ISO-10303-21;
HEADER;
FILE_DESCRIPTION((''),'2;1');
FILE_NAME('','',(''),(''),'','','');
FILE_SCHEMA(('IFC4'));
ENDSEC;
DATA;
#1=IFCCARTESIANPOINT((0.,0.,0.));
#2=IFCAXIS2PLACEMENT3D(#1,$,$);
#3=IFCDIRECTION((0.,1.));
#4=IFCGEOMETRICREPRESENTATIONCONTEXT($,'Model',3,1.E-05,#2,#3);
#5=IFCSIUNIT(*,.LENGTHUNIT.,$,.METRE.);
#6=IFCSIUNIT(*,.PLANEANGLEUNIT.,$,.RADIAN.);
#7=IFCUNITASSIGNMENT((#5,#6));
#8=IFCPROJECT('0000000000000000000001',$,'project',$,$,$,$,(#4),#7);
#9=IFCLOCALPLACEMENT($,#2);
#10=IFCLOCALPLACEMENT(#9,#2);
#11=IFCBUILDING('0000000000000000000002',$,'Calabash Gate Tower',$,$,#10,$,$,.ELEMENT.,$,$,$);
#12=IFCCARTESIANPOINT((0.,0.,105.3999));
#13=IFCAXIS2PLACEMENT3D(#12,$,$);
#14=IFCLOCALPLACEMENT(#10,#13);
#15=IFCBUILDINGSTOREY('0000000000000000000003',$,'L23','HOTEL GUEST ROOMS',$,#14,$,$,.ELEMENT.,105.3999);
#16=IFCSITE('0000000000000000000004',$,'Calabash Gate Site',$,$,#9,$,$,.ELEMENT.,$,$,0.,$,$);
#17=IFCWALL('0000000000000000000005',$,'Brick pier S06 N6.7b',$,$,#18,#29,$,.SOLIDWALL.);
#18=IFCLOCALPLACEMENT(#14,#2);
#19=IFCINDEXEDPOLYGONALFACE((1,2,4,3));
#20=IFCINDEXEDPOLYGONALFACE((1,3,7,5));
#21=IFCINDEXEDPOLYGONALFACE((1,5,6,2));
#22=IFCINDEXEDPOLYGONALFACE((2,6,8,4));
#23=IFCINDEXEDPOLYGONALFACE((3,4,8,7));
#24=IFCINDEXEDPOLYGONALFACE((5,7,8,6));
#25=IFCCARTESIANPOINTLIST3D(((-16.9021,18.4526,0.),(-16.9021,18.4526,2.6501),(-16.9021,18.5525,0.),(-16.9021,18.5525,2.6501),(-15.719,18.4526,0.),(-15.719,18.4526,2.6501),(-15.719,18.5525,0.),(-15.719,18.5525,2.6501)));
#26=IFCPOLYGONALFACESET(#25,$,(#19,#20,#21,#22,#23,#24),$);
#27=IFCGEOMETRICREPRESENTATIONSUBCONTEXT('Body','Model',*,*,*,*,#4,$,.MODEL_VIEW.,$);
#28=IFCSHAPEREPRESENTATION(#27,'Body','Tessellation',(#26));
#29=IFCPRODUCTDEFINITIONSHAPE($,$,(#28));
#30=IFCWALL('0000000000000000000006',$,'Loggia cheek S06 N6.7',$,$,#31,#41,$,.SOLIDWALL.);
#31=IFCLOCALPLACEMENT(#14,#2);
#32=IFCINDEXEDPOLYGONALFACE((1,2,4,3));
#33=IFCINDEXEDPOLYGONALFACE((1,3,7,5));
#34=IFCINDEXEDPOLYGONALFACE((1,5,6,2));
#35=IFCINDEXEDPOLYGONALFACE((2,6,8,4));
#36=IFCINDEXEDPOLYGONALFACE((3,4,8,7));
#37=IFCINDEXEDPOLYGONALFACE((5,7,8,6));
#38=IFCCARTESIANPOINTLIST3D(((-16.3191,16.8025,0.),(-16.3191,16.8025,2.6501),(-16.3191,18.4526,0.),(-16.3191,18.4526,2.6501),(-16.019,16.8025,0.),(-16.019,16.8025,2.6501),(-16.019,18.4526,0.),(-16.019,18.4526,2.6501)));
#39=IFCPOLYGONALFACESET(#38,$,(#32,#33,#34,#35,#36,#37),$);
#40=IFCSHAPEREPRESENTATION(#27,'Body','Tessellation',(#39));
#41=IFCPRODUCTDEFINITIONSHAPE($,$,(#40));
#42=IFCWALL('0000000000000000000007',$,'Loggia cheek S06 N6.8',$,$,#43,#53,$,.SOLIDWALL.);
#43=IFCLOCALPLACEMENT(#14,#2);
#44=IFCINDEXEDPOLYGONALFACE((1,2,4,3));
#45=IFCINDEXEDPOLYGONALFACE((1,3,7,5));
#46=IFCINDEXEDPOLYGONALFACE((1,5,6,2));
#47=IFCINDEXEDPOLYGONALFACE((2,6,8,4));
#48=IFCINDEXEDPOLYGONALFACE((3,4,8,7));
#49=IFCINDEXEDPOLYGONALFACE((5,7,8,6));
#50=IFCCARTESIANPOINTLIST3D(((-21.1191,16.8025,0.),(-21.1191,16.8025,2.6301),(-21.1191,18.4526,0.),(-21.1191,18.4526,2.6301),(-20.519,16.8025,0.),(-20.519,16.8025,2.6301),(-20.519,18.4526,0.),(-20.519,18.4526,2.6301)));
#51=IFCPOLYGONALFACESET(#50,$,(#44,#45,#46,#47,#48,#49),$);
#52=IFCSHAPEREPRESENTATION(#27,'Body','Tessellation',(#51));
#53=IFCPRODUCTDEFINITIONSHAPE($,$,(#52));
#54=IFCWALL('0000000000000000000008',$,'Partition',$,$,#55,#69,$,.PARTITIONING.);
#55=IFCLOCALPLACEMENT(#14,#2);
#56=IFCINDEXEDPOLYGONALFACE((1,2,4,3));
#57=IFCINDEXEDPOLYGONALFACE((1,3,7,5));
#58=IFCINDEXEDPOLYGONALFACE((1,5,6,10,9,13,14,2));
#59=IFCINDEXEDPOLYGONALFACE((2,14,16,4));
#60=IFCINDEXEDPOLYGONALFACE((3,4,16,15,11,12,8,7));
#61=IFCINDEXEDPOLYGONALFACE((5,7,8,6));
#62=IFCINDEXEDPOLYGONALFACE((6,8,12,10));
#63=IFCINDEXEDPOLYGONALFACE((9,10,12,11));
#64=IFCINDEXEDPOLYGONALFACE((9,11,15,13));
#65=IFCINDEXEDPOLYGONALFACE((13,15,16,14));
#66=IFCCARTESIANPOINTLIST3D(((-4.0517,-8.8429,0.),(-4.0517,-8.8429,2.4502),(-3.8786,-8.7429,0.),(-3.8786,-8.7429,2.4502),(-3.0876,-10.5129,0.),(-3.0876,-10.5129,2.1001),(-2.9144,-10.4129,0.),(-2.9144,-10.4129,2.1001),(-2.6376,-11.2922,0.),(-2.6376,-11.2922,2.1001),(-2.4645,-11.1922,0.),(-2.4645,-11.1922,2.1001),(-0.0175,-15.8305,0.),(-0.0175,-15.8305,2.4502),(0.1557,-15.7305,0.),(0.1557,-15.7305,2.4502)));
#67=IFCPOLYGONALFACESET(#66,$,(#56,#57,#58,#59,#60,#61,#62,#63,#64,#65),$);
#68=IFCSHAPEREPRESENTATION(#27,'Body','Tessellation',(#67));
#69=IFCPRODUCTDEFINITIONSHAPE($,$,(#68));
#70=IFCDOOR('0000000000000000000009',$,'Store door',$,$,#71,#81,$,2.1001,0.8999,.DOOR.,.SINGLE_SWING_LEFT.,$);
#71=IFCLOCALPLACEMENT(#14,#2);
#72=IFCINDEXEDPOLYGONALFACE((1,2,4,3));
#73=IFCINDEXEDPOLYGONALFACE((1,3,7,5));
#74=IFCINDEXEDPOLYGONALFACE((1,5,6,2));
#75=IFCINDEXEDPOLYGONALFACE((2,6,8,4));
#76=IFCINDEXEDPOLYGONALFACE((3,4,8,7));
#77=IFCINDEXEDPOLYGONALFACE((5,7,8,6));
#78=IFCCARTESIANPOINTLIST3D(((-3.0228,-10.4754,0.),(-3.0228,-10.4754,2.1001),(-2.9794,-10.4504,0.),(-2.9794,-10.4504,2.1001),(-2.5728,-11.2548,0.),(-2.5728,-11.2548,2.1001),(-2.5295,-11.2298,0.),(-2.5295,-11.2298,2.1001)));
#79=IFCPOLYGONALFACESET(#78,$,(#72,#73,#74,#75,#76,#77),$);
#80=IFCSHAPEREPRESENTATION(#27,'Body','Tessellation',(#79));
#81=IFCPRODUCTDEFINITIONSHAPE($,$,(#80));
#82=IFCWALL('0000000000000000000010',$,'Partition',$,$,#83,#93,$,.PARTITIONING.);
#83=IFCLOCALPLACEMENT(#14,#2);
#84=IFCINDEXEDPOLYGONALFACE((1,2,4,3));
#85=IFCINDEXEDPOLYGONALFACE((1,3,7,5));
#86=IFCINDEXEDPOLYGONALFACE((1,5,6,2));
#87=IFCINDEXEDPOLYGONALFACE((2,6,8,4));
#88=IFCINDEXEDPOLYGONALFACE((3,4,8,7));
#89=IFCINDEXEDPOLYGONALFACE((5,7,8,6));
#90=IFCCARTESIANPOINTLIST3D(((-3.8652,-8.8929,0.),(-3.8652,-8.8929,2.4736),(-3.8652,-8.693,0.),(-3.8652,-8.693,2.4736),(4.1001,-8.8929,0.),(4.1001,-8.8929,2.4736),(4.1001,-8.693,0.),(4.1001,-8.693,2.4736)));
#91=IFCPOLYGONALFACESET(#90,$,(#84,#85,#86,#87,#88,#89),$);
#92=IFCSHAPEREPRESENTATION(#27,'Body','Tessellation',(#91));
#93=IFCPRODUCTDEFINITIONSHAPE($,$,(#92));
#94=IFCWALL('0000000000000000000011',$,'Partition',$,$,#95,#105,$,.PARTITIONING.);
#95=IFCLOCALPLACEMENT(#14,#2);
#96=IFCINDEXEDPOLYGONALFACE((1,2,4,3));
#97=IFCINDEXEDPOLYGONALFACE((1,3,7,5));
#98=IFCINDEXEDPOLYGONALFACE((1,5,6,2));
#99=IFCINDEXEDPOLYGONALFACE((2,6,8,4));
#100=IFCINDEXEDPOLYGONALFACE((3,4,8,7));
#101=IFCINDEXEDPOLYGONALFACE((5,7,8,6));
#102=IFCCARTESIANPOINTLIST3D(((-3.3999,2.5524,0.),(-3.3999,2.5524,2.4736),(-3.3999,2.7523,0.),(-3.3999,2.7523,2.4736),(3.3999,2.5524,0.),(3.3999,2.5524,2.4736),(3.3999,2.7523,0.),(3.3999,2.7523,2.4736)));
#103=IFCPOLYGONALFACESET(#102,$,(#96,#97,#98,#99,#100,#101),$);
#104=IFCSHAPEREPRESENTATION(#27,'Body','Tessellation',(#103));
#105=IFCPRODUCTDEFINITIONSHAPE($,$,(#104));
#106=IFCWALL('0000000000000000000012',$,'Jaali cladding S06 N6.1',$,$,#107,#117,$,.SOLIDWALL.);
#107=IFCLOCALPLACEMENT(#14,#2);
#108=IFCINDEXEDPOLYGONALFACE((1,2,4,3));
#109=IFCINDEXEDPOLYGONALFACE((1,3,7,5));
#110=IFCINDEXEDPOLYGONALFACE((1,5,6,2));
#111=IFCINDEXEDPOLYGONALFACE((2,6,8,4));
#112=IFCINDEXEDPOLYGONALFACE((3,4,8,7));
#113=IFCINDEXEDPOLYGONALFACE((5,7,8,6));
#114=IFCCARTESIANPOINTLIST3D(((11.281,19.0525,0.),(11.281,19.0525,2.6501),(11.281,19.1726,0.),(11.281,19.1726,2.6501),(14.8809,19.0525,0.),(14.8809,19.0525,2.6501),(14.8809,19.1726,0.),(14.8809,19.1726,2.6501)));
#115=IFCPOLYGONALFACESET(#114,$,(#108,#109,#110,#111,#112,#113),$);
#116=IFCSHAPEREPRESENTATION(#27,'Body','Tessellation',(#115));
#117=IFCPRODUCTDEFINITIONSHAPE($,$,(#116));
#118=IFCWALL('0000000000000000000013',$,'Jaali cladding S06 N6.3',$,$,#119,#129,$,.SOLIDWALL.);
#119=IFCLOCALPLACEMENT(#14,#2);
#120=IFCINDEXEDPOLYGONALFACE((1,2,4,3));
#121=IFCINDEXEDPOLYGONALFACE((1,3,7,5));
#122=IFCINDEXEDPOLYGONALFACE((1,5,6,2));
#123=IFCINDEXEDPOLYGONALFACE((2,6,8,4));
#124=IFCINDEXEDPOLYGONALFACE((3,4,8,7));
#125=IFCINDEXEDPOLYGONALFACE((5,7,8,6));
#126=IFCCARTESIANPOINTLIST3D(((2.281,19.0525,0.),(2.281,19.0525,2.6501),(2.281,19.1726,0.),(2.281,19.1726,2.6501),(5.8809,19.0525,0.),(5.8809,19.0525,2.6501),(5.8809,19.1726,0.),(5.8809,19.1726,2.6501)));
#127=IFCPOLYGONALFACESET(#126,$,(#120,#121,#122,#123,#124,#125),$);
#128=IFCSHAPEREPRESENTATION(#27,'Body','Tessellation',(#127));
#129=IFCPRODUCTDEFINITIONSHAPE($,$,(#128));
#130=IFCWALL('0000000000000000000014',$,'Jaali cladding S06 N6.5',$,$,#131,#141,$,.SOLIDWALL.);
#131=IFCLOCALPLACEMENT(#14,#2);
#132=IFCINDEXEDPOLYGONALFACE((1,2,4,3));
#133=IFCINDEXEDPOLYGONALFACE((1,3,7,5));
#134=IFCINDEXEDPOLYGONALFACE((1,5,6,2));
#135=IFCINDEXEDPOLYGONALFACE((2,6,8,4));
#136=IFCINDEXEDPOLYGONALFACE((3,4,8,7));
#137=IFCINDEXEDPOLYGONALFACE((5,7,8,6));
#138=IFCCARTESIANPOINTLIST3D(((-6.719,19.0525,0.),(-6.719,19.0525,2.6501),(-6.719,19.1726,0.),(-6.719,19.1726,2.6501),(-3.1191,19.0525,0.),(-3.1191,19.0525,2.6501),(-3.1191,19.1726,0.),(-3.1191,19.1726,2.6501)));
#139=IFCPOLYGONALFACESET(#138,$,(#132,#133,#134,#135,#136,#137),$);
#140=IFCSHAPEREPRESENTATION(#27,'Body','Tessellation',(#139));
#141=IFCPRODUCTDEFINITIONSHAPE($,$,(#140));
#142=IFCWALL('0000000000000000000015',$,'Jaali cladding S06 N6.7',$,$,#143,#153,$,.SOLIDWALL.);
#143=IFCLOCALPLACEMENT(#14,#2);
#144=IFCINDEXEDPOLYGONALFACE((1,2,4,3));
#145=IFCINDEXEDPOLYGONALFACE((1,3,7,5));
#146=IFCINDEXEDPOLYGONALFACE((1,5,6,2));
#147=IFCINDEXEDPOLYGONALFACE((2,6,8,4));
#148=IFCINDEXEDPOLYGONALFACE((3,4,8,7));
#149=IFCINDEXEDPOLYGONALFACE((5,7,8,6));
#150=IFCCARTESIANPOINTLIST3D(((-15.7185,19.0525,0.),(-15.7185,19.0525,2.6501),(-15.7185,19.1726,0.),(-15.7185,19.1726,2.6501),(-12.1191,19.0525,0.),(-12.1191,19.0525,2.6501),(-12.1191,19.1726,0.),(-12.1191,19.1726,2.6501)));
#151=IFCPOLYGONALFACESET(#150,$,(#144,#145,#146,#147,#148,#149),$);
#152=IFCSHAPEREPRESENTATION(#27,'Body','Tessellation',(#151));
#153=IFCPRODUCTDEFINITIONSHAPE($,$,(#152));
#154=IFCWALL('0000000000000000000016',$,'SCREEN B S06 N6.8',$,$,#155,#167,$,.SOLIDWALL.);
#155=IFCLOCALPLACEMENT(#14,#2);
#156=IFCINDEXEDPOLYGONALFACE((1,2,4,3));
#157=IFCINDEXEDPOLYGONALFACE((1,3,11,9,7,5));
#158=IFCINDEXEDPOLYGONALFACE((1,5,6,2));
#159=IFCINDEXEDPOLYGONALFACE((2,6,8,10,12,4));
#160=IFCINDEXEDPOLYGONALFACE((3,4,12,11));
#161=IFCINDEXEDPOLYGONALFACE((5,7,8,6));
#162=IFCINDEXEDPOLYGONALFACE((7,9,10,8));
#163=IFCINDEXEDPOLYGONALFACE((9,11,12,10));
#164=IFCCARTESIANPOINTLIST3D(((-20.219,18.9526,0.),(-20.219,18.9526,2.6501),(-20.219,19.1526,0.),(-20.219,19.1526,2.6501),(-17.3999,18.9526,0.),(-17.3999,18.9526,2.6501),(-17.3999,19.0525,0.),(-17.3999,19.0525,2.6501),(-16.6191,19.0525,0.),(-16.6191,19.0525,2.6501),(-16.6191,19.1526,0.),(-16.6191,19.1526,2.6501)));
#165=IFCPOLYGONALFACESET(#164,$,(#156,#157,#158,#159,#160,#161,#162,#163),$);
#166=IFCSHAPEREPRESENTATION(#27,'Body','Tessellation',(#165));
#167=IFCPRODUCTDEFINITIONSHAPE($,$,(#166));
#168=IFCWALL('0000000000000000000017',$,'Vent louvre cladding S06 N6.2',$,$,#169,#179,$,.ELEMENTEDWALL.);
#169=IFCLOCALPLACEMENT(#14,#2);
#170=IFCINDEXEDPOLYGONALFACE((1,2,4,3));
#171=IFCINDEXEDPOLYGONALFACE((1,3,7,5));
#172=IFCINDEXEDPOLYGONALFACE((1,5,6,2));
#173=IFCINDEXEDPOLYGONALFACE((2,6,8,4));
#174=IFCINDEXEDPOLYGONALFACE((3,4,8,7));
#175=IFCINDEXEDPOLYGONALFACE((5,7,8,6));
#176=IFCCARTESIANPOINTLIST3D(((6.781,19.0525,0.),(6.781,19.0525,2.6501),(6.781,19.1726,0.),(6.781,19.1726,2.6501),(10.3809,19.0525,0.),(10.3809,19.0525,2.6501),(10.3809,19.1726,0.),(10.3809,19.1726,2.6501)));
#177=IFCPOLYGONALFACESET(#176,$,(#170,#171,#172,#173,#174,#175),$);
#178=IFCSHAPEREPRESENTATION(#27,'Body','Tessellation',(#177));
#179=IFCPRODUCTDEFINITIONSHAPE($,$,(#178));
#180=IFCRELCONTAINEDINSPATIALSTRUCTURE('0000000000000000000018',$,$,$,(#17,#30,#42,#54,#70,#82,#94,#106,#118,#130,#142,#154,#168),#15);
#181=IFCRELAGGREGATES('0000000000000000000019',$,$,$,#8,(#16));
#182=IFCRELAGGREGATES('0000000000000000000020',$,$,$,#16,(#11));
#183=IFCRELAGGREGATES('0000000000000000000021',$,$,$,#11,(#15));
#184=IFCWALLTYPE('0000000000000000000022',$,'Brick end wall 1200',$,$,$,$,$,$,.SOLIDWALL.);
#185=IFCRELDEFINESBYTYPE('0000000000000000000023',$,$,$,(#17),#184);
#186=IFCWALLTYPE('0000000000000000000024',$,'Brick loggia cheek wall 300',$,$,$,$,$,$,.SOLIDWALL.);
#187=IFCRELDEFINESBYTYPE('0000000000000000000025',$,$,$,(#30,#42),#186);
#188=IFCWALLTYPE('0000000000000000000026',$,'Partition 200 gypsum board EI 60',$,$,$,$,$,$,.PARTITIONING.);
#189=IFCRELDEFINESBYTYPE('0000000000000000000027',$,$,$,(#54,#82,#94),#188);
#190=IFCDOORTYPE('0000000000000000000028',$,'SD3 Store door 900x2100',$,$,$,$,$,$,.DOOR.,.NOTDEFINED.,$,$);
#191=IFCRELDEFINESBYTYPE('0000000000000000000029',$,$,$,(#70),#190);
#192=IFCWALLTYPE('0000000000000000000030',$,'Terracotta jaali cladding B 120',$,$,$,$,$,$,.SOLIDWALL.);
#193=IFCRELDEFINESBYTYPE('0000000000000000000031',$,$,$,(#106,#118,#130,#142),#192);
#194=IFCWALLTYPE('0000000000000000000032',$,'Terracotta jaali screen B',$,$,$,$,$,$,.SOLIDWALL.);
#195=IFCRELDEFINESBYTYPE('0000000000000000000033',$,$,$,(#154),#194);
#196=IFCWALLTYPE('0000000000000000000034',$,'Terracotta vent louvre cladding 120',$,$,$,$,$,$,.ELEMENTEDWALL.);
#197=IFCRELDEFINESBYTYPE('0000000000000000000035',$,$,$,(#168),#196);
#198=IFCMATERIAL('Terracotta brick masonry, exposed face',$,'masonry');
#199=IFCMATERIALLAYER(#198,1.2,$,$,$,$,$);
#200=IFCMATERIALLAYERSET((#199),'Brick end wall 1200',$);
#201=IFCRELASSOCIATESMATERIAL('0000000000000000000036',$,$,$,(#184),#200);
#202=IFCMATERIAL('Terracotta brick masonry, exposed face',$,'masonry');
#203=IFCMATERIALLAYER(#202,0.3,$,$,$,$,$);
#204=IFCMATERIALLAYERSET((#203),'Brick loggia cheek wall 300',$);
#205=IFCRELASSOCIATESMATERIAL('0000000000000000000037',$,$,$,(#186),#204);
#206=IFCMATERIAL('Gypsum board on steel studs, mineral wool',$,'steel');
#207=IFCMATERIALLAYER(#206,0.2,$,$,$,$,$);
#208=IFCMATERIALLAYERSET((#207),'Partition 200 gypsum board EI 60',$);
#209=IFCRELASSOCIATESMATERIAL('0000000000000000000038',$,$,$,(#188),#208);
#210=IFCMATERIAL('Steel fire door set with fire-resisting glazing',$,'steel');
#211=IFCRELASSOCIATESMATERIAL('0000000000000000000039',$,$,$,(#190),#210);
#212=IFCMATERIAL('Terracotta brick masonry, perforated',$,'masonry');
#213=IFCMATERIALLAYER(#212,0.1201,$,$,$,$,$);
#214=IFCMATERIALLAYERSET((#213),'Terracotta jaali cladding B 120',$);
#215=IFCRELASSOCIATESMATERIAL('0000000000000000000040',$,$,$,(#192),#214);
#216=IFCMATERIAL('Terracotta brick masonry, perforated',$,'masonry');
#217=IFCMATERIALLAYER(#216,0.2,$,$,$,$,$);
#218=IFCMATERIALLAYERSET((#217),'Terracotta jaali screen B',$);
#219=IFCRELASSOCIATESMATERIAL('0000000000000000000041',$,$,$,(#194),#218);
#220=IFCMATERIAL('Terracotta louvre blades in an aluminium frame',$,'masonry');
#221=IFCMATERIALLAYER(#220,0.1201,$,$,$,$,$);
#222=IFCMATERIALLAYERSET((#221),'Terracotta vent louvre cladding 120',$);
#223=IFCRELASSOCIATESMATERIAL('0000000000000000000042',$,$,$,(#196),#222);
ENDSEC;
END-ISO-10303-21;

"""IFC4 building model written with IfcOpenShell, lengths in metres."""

from ifc_helpers import new_model, si_unit, direction, frame, frame_2d, origin, place, context, subcontext, project, spatial, polyline, rectangle, outline, extrude, material, layer, layer_set, type_object, element, fill, save


model = new_model("IFC4")

# Units and contexts
model_context = context("Model", 3, precision=1e-05, world=origin(), true_north=direction((0.0, 1.0)))
body_context = subcontext(model_context, "Body", "Model", "MODEL_VIEW")
ifc_project = project(units=[si_unit("LENGTHUNIT", "METRE"), si_unit("PLANEANGLEUNIT", "RADIAN")], contexts=[model_context])

# Site, building, storey
site_placement = place(None, origin())
site = spatial("IfcSite", under=ifc_project, at=site_placement, Name="Calabash Gate Site", CompositionType="ELEMENT", RefElevation=0.0)
building_placement = place(site_placement, origin())
building = spatial("IfcBuilding", under=site, at=building_placement, Name="Calabash Gate Tower", CompositionType="ELEMENT")
storey_placement = place(building_placement, frame((0.0, 0.0, 105.3999)))
storey = spatial("IfcBuildingStorey", under=building, at=storey_placement, Name="L23", Description="HOTEL GUEST ROOMS", CompositionType="ELEMENT", Elevation=105.3999)

# Walls
ifc_material_1 = material(Name="Terracotta brick masonry, exposed face", Category="masonry")
ifc_layer_1 = layer(ifc_material_1, 1.2)
ifc_layer_set_1 = layer_set([ifc_layer_1], Name="Brick end wall 1200")
wall_type_1 = type_object("IfcWallType", Name="Brick end wall 1200", PredefinedType="SOLIDWALL", material=ifc_layer_set_1)
wall_1_placement = place(storey_placement, origin())
element("IfcWall", 1, at=wall_1_placement, inside=storey, type_object=wall_type_1, Name="Brick pier S06 N6.7b", PredefinedType="SOLIDWALL", context=body_context, shape_type="SweptSolid", body=[
    extrude(outline(polyline([(-16.9021, 18.4526), (-16.9021, 18.5525), (-15.719, 18.5525), (-15.719, 18.4526), (-16.9021, 18.4526)])), origin(), (0.0, 0.0, 1.0), 2.6501),
])
ifc_material_2 = material(Name="Terracotta brick masonry, exposed face", Category="masonry")
ifc_layer_2 = layer(ifc_material_2, 0.3)
ifc_layer_set_2 = layer_set([ifc_layer_2], Name="Brick loggia cheek wall 300")
wall_type_2 = type_object("IfcWallType", Name="Brick loggia cheek wall 300", PredefinedType="SOLIDWALL", material=ifc_layer_set_2)
wall_2_placement = place(storey_placement, origin())
element("IfcWall", 2, at=wall_2_placement, inside=storey, type_object=wall_type_2, Name="Loggia cheek S06 N6.7", PredefinedType="SOLIDWALL", context=body_context, shape_type="SweptSolid", body=[
    extrude(outline(polyline([(-16.019, 16.8025), (-16.019, 18.4526), (-16.3191, 18.4526), (-16.3191, 16.8025), (-16.019, 16.8025)])), origin(), (0.0, 0.0, 1.0), 2.6501),
])
wall_3_placement = place(storey_placement, origin())
element("IfcWall", 3, at=wall_3_placement, inside=storey, type_object=wall_type_2, Name="Loggia cheek S06 N6.8", PredefinedType="SOLIDWALL", context=body_context, shape_type="SweptSolid", body=[
    extrude(outline(polyline([(-21.1191, 18.4526), (-21.1191, 16.8025), (-20.519, 16.8025), (-20.519, 18.4526), (-21.1191, 18.4526)])), origin(), (0.0, 0.0, 1.0), 2.6301),
])

# Wall, opening, door
ifc_material_3 = material(Name="Gypsum board on steel studs, mineral wool", Category="steel")
ifc_layer_3 = layer(ifc_material_3, 0.2)
ifc_layer_set_3 = layer_set([ifc_layer_3], Name="Partition 200 gypsum board EI 60")
wall_type_3 = type_object("IfcWallType", Name="Partition 200 gypsum board EI 60", PredefinedType="PARTITIONING", material=ifc_layer_set_3)
wall_4_placement = place(storey_placement, frame((-3.9651, -8.793, 0.0), z_axis=(0.0, 0.0, 1.0), x_axis=(0.499992, -0.86603, 0.0)))
wall_4 = element("IfcWall", 4, at=wall_4_placement, inside=storey, type_object=wall_type_3, Name="Partition", PredefinedType="PARTITIONING", context=body_context, shape_type="SweptSolid", body=[
    extrude(rectangle(XDim=8.0686, YDim=0.2, at=frame_2d((4.0342, 0.0))), origin(), (0.0, 0.0, 1.0), 2.4502),
])
opening_placement = place(wall_4_placement, frame((1.9282, 0.0, 0.0)))
opening = element("IfcOpeningElement", 5, at=opening_placement, cuts=wall_4, PredefinedType="OPENING", context=body_context, shape_type="SweptSolid", body=[
    extrude(rectangle(XDim=0.8999, YDim=2.1001, at=frame_2d((0.45, 1.05))), frame((0.0, 0.1099, 0.0), z_axis=(0.0, -1.0, 0.0), x_axis=(1.0, 0.0, 0.0)), (0.0, 0.0, 1.0), 0.22),
])
ifc_material_4 = material(Name="Steel fire door set with fire-resisting glazing", Category="steel")
door_type = type_object("IfcDoorType", Name="SD3 Store door 900x2100", OperationType="NOTDEFINED", PredefinedType="DOOR", material=ifc_material_4)
door_placement = place(opening_placement, origin())
door = element("IfcDoor", 6, at=door_placement, inside=storey, type_object=door_type, Name="Store door", OperationType="SINGLE_SWING_LEFT", OverallHeight=2.1001, OverallWidth=0.8999, PredefinedType="DOOR", context=body_context, shape_type="SweptSolid", body=[
    extrude(rectangle(XDim=0.8999, YDim=2.1001, at=frame_2d((0.45, 1.05))), frame((0.0, 0.0249, 0.0), z_axis=(0.0, -1.0, 0.0), x_axis=(1.0, 0.0, 0.0)), (0.0, 0.0, 1.0), 0.05),
])
fill(opening, door)

# Walls
wall_5_placement = place(storey_placement, frame((-3.8652, -8.793, 0.0), z_axis=(0.0, 0.0, 1.0), x_axis=(1.0, 0.0, 0.0)))
element("IfcWall", 7, at=wall_5_placement, inside=storey, type_object=wall_type_3, Name="Partition", PredefinedType="PARTITIONING", context=body_context, shape_type="SweptSolid", body=[
    extrude(rectangle(XDim=7.9653, YDim=0.2, at=frame_2d((3.9827, 0.0))), origin(), (0.0, 0.0, 1.0), 2.4736),
])
wall_6_placement = place(storey_placement, frame((-3.3999, 2.6523, 0.0), z_axis=(0.0, 0.0, 1.0), x_axis=(1.0, 0.0, 0.0)))
element("IfcWall", 8, at=wall_6_placement, inside=storey, type_object=wall_type_3, Name="Partition", PredefinedType="PARTITIONING", context=body_context, shape_type="SweptSolid", body=[
    extrude(rectangle(XDim=6.7998, YDim=0.2, at=frame_2d((3.3999, 0.0))), origin(), (0.0, 0.0, 1.0), 2.4736),
])
ifc_material_5 = material(Name="Terracotta brick masonry, perforated", Category="masonry")
ifc_layer_4 = layer(ifc_material_5, 0.1201)
ifc_layer_set_4 = layer_set([ifc_layer_4], Name="Terracotta jaali cladding B 120")
wall_type_4 = type_object("IfcWallType", Name="Terracotta jaali cladding B 120", PredefinedType="SOLIDWALL", material=ifc_layer_set_4)
wall_7_placement = place(storey_placement, origin())
element("IfcWall", 9, at=wall_7_placement, inside=storey, type_object=wall_type_4, Name="Jaali cladding S06 N6.1", PredefinedType="SOLIDWALL", context=body_context, shape_type="SweptSolid", body=[
    extrude(outline(polyline([(11.281, 19.1726), (11.281, 19.0525), (14.8809, 19.0525), (14.8809, 19.1726), (11.281, 19.1726)])), origin(), (0.0, 0.0, 1.0), 2.6501),
])
wall_8_placement = place(storey_placement, origin())
element("IfcWall", 10, at=wall_8_placement, inside=storey, type_object=wall_type_4, Name="Jaali cladding S06 N6.3", PredefinedType="SOLIDWALL", context=body_context, shape_type="SweptSolid", body=[
    extrude(outline(polyline([(2.281, 19.1726), (2.281, 19.0525), (5.8809, 19.0525), (5.8809, 19.1726), (2.281, 19.1726)])), origin(), (0.0, 0.0, 1.0), 2.6501),
])
wall_9_placement = place(storey_placement, origin())
element("IfcWall", 11, at=wall_9_placement, inside=storey, type_object=wall_type_4, Name="Jaali cladding S06 N6.5", PredefinedType="SOLIDWALL", context=body_context, shape_type="SweptSolid", body=[
    extrude(outline(polyline([(-6.719, 19.1726), (-6.719, 19.0525), (-3.1191, 19.0525), (-3.1191, 19.1726), (-6.719, 19.1726)])), origin(), (0.0, 0.0, 1.0), 2.6501),
])
wall_10_placement = place(storey_placement, origin())
element("IfcWall", 12, at=wall_10_placement, inside=storey, type_object=wall_type_4, Name="Jaali cladding S06 N6.7", PredefinedType="SOLIDWALL", context=body_context, shape_type="SweptSolid", body=[
    extrude(outline(polyline([(-15.7185, 19.1726), (-15.7185, 19.0525), (-12.1191, 19.0525), (-12.1191, 19.1726), (-15.7185, 19.1726)])), origin(), (0.0, 0.0, 1.0), 2.6501),
])
ifc_material_6 = material(Name="Terracotta brick masonry, perforated", Category="masonry")
ifc_layer_5 = layer(ifc_material_6, 0.2)
ifc_layer_set_5 = layer_set([ifc_layer_5], Name="Terracotta jaali screen B")
wall_type_5 = type_object("IfcWallType", Name="Terracotta jaali screen B", PredefinedType="SOLIDWALL", material=ifc_layer_set_5)
wall_11_placement = place(storey_placement, origin())
element("IfcWall", 13, at=wall_11_placement, inside=storey, type_object=wall_type_5, Name="SCREEN B S06 N6.8", PredefinedType="SOLIDWALL", context=body_context, shape_type="SweptSolid", body=[
    extrude(outline(polyline([(-16.6191, 19.0525), (-16.6191, 19.1526), (-20.219, 19.1526), (-20.219, 18.9526), (-17.3999, 18.9526), (-17.3999, 19.0525), (-16.6191, 19.0525)])), origin(), (0.0, 0.0, 1.0), 2.6501),
])
ifc_material_7 = material(Name="Terracotta louvre blades in an aluminium frame", Category="masonry")
ifc_layer_6 = layer(ifc_material_7, 0.1201)
ifc_layer_set_6 = layer_set([ifc_layer_6], Name="Terracotta vent louvre cladding 120")
wall_type_6 = type_object("IfcWallType", Name="Terracotta vent louvre cladding 120", PredefinedType="ELEMENTEDWALL", material=ifc_layer_set_6)
wall_12_placement = place(storey_placement, origin())
element("IfcWall", 14, at=wall_12_placement, inside=storey, type_object=wall_type_6, Name="Vent louvre cladding S06 N6.2", PredefinedType="ELEMENTEDWALL", context=body_context, shape_type="SweptSolid", body=[
    extrude(outline(polyline([(6.781, 19.1726), (6.781, 19.0525), (10.3809, 19.0525), (10.3809, 19.1726), (6.781, 19.1726)])), origin(), (0.0, 0.0, 1.0), 2.6501),
])

save(model, "model.ifc")
